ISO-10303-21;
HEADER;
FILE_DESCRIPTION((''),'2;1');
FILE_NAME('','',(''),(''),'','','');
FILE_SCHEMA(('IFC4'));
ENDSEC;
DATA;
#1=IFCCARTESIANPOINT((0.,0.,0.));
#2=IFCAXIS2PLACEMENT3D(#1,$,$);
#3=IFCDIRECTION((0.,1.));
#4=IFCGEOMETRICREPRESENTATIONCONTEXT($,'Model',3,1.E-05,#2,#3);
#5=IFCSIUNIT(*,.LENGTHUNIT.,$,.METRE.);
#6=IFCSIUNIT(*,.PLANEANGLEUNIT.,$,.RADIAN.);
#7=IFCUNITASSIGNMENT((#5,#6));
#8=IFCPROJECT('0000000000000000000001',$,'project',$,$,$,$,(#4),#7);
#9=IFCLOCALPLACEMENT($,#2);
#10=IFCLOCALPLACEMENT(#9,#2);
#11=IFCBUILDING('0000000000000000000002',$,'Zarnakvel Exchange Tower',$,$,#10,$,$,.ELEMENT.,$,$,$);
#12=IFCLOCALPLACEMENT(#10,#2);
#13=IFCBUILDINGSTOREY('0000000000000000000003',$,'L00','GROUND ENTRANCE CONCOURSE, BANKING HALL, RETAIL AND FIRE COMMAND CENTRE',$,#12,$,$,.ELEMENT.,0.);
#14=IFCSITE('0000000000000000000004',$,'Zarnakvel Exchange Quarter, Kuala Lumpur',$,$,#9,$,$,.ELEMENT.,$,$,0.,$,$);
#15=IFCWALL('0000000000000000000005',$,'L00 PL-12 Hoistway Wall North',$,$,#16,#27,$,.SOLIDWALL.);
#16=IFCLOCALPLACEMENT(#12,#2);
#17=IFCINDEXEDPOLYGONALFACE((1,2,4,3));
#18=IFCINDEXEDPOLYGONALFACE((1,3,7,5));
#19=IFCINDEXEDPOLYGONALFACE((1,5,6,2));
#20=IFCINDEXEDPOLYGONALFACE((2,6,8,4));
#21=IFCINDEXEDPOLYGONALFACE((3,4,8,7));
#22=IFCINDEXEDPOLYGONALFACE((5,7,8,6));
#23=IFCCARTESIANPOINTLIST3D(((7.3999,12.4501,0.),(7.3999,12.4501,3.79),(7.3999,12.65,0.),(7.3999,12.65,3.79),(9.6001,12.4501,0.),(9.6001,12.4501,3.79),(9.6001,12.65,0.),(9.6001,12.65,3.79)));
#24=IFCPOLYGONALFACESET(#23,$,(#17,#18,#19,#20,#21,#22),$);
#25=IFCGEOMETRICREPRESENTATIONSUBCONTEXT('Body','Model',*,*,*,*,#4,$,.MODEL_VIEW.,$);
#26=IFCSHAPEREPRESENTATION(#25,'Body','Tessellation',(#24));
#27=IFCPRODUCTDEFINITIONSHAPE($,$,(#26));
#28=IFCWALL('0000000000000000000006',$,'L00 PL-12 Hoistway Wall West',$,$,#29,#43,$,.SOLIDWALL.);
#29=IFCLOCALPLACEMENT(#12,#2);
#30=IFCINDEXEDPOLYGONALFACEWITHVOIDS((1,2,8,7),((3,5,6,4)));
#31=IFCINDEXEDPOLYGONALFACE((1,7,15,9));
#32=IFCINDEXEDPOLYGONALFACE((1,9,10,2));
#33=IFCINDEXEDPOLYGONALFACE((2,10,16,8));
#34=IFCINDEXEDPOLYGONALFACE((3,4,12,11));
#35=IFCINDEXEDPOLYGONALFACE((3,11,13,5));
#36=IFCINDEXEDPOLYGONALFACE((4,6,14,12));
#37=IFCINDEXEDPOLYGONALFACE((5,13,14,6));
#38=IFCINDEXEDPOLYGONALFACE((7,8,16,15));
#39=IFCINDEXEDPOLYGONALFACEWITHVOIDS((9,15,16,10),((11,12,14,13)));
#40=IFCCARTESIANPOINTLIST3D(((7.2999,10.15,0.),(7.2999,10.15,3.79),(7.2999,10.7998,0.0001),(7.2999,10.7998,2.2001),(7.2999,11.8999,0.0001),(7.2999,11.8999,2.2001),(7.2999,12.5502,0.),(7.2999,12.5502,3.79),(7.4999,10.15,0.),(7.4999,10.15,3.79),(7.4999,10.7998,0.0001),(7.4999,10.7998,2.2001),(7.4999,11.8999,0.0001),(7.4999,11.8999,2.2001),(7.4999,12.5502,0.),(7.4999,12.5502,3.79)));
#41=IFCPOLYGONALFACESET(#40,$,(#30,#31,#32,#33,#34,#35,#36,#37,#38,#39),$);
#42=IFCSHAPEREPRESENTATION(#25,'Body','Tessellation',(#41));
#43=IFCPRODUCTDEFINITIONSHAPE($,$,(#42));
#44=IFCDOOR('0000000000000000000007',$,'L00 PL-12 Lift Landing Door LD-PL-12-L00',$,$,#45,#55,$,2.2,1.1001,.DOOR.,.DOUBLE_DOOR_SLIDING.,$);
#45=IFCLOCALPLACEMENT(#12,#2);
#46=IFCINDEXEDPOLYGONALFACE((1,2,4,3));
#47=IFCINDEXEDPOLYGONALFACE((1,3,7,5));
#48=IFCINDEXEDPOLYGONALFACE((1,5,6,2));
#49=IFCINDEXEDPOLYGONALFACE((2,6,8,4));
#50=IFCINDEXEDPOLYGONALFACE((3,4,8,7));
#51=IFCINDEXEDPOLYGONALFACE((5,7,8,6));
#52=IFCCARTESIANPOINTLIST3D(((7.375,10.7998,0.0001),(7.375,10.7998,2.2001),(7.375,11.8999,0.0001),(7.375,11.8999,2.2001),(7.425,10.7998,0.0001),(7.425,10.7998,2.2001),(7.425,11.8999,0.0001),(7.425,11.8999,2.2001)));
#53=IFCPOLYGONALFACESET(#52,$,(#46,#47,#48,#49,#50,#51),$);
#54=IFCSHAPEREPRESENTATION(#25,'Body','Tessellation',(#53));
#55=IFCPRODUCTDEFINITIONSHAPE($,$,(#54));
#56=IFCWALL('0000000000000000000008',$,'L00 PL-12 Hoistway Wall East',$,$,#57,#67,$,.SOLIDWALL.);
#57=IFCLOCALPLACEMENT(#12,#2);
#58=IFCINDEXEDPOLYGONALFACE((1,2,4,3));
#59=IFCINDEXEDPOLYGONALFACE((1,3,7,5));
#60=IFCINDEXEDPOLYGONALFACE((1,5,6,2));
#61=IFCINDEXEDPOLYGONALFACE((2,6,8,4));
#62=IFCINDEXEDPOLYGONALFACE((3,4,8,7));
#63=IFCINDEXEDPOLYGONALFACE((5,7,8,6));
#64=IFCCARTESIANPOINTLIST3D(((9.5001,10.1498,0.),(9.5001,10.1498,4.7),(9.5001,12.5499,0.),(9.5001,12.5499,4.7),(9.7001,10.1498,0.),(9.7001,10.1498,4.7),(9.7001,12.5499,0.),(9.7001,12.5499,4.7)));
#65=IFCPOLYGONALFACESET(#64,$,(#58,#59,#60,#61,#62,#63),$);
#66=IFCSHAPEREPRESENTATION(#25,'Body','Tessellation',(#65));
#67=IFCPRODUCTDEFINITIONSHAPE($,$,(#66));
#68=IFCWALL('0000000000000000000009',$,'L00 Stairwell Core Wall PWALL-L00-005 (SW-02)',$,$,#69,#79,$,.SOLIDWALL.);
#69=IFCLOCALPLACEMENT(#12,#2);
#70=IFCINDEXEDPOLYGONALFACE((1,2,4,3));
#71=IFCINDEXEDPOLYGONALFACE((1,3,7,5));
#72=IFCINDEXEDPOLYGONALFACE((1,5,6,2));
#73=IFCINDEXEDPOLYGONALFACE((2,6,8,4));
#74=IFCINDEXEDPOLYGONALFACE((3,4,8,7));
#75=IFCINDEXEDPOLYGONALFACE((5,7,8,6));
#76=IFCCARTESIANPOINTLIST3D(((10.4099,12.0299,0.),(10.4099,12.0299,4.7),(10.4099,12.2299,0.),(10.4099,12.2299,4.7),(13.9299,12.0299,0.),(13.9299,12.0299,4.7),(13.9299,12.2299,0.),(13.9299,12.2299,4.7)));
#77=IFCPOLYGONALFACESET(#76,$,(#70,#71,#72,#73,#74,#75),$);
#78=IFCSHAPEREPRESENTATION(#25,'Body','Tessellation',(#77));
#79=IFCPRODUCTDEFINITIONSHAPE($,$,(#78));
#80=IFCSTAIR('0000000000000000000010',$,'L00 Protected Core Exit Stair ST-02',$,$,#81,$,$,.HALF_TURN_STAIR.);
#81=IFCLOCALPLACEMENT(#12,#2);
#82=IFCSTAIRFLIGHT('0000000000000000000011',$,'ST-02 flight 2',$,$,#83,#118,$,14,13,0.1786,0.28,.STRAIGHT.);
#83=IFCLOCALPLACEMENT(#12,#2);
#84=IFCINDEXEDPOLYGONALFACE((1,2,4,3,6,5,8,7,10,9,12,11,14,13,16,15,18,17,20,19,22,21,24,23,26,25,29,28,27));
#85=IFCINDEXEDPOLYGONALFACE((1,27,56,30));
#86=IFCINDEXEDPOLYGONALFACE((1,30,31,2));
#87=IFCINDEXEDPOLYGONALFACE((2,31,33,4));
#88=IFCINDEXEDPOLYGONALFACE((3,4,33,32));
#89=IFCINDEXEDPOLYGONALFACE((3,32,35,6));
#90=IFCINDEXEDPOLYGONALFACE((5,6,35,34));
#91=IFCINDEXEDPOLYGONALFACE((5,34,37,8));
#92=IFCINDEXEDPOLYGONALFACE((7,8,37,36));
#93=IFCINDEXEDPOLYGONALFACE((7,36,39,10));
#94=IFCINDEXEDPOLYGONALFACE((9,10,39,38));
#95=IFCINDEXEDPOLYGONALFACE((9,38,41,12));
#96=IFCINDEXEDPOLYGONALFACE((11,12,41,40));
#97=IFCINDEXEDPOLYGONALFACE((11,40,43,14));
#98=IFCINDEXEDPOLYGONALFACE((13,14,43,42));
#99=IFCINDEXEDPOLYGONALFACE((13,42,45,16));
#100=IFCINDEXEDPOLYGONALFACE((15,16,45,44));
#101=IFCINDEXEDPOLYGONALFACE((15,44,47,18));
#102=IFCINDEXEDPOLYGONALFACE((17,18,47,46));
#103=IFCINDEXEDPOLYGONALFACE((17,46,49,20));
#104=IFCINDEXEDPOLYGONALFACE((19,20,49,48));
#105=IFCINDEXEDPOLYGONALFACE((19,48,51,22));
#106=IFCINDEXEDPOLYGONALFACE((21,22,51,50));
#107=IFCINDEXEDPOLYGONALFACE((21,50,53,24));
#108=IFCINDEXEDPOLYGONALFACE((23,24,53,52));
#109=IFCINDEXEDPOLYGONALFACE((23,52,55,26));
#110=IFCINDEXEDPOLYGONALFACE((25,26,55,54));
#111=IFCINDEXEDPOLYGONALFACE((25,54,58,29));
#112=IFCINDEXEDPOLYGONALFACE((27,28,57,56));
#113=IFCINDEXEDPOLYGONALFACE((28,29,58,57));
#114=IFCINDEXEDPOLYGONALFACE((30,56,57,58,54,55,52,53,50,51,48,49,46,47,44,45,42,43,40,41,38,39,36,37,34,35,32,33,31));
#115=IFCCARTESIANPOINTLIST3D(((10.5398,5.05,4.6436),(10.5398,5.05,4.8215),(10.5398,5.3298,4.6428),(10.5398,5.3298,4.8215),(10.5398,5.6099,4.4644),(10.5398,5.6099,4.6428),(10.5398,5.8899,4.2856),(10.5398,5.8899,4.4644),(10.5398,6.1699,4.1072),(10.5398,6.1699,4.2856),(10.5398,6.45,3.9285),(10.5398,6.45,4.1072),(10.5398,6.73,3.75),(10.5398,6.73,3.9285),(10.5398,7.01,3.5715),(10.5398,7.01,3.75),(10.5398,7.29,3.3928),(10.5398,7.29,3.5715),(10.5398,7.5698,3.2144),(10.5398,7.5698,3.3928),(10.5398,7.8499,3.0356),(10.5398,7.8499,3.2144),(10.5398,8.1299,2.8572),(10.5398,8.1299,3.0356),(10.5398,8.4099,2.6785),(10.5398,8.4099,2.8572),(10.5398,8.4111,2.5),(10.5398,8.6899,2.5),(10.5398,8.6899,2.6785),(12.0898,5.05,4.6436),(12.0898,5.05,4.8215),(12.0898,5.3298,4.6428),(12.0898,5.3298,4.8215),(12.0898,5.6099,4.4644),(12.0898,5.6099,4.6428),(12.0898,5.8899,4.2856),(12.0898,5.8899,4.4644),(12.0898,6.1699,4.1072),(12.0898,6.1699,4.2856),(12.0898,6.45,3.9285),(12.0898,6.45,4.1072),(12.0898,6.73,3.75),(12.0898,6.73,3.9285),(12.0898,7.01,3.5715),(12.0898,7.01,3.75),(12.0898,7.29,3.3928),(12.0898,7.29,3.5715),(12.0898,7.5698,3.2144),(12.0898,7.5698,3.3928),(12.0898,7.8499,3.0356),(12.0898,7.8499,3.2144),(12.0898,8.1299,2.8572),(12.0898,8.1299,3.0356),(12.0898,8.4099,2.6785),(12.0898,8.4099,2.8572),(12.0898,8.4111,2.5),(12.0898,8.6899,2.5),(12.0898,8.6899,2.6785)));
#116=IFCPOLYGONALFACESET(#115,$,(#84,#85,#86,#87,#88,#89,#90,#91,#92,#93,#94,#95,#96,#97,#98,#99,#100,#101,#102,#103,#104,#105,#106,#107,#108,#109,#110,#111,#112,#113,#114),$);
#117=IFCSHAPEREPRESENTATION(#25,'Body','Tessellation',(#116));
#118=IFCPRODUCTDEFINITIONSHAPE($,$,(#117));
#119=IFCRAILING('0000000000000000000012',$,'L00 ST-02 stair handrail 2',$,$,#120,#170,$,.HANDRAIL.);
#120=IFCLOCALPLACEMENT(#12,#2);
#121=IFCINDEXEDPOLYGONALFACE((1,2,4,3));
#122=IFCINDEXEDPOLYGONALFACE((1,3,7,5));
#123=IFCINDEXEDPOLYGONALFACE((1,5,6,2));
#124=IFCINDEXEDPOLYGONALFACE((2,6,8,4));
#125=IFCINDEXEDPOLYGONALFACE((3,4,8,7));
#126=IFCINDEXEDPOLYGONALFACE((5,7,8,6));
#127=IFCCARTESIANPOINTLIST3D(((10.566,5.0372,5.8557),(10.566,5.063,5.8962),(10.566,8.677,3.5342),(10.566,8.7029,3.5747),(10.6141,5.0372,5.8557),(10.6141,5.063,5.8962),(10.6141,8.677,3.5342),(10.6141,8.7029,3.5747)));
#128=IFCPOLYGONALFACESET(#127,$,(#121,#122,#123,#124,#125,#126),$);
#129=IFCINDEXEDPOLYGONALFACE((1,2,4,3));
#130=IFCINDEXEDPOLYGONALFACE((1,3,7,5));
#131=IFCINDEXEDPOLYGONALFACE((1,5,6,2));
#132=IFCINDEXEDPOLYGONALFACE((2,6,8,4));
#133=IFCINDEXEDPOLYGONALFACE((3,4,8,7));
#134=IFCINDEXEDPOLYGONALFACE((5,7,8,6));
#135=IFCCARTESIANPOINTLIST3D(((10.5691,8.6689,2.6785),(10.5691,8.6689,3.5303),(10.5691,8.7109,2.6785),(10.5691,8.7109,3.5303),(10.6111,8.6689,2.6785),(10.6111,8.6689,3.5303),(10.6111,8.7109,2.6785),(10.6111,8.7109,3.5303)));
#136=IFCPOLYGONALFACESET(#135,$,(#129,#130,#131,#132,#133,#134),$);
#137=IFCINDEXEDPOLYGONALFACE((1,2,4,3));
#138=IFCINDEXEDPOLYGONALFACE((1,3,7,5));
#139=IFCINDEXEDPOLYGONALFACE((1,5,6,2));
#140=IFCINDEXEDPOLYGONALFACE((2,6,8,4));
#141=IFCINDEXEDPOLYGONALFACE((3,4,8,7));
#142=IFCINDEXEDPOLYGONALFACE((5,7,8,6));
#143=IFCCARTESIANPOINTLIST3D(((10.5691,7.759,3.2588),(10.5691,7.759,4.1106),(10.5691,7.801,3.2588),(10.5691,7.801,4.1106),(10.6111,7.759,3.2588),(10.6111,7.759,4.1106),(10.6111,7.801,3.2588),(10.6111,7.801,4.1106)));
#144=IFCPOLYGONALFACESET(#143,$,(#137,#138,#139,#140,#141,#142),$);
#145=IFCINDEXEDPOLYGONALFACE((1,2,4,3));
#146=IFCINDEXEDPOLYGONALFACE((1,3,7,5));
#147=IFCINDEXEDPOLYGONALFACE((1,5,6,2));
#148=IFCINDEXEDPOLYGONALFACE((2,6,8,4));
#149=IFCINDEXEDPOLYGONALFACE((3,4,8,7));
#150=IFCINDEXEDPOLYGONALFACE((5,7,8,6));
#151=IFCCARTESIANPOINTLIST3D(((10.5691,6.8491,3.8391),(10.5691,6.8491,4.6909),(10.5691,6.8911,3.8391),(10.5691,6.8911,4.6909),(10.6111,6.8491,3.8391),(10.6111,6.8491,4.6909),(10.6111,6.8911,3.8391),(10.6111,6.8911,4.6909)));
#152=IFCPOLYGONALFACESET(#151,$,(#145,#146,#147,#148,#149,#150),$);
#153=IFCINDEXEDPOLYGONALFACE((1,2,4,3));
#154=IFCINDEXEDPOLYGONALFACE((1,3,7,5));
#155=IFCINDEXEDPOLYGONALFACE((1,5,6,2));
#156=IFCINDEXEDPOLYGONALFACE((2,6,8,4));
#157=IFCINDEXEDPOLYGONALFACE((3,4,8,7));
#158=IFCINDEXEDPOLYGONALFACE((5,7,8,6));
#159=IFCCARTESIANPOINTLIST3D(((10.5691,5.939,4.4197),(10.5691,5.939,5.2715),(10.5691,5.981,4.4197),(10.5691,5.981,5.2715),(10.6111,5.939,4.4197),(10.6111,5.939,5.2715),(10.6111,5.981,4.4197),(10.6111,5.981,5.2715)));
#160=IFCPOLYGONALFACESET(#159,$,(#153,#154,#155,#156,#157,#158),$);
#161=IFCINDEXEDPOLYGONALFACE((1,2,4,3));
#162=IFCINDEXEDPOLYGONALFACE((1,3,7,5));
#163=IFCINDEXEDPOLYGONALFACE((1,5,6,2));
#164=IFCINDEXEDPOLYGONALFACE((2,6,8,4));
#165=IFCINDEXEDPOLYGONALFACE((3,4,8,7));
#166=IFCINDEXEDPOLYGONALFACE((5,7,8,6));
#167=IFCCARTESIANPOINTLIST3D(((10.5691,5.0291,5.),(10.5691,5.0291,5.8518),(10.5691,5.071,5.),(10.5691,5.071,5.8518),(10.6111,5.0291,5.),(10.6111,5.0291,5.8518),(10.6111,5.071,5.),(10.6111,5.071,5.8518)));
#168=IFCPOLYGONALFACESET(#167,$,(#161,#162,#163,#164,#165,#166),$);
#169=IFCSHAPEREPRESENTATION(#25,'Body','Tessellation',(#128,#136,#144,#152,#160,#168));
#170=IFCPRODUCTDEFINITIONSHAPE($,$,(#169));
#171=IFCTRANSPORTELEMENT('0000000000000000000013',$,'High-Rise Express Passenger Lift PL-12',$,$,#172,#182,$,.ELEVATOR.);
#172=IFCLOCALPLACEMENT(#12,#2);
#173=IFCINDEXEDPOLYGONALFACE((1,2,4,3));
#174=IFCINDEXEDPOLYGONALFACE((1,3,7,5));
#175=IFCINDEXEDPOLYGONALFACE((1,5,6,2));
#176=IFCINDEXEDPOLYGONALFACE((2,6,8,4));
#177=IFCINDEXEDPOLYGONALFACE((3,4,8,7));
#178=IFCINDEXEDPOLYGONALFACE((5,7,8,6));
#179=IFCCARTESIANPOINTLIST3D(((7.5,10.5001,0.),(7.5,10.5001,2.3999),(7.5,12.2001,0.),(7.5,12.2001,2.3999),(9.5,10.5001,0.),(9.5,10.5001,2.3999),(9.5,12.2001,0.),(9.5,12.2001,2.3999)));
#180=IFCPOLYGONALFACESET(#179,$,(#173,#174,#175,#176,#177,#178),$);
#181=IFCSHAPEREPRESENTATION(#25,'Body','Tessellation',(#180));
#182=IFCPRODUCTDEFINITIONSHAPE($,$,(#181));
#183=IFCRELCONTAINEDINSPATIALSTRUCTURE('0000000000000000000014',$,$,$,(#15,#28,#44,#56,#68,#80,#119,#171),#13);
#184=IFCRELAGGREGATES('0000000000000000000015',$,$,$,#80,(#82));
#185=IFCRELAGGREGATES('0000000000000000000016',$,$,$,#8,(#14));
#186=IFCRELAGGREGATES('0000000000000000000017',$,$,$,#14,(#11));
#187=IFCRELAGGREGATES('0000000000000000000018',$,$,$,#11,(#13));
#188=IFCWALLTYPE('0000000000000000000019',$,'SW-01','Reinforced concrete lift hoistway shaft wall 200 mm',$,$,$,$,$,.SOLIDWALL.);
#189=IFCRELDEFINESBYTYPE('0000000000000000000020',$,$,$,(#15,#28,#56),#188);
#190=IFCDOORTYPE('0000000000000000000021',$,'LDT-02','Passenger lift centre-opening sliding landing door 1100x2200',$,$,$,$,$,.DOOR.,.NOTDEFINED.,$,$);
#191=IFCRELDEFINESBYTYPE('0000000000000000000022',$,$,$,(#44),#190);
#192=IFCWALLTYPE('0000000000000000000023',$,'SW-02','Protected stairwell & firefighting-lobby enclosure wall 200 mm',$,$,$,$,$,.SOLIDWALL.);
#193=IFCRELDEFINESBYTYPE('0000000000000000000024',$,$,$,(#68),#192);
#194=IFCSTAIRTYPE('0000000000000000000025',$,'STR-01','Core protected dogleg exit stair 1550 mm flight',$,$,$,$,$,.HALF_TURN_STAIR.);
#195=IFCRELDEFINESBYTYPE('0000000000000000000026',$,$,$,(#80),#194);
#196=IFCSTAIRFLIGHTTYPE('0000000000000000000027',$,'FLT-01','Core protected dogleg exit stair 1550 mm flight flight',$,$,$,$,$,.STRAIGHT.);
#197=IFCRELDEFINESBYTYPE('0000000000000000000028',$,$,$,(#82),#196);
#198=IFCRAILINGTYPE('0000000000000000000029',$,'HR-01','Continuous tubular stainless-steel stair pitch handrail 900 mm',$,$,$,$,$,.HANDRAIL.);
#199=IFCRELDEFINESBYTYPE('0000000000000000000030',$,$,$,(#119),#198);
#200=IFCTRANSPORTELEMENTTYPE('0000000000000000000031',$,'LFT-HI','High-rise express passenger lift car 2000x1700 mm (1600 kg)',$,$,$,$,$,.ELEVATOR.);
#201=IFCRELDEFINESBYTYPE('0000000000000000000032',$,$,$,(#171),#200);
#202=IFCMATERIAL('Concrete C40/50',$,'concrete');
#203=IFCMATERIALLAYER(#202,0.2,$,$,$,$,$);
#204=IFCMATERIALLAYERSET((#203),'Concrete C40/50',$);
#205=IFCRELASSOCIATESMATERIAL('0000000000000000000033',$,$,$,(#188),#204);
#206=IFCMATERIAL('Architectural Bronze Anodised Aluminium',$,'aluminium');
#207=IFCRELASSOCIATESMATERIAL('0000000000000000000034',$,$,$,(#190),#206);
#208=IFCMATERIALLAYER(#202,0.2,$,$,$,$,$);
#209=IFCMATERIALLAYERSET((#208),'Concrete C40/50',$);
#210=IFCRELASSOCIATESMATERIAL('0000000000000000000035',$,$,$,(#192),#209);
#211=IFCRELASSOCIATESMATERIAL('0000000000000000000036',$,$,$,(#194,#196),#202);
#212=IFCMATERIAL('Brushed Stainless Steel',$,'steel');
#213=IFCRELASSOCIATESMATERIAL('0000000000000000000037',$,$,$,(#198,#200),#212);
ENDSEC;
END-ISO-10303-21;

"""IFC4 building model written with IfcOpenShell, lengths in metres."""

from ifc_helpers import new_model, si_unit, direction, frame, frame_2d, origin, origin_2d, place, context, subcontext, project, spatial, polyline, rectangle, outline, extrude, source, transform, mapped, material, layer, layer_set, type_object, element, fill, aggregate, save


model = new_model("IFC4")

# Units and contexts
model_context = context("Model", 3, precision=1e-05, world=origin(), true_north=direction((0.0, 1.0)))
body_context = subcontext(model_context, "Body", "Model", "MODEL_VIEW")
ifc_project = project(units=[si_unit("LENGTHUNIT", "METRE"), si_unit("PLANEANGLEUNIT", "RADIAN")], contexts=[model_context])

# Site, building, storey
site_placement = place(None, origin())
site = spatial("IfcSite", under=ifc_project, at=site_placement, Name="Zarnakvel Exchange Quarter, Kuala Lumpur", CompositionType="ELEMENT", RefElevation=0.0)
building_placement = place(site_placement, origin())
building = spatial("IfcBuilding", under=site, at=building_placement, Name="Zarnakvel Exchange Tower", CompositionType="ELEMENT")
storey_placement = place(building_placement, origin())
storey = spatial("IfcBuildingStorey", under=building, at=storey_placement, Name="L00", Description="GROUND ENTRANCE CONCOURSE, BANKING HALL, RETAIL AND FIRE COMMAND CENTRE", CompositionType="ELEMENT", Elevation=0.0)

# Shared definitions
ifc_material_1 = material(Name="Architectural Bronze Anodised Aluminium", Category="aluminium")

# Shared definitions
ifc_material_2 = material(Name="Concrete C40/50", Category="concrete")
ifc_layer_1 = layer(ifc_material_2, 0.2)
ifc_layer_set_1 = layer_set([ifc_layer_1], Name="Concrete C40/50")
wall_type_1 = type_object("IfcWallType", Name="SW-01", Description="Reinforced concrete lift hoistway shaft wall 200 mm", PredefinedType="SOLIDWALL", material=ifc_layer_set_1)
door_type = type_object("IfcDoorType", Name="LDT-02", Description="Passenger lift centre-opening sliding landing door 1100x2200", OperationType="NOTDEFINED", PredefinedType="DOOR", material=ifc_material_1)
shared_shape_1 = source(origin(), body_context, "Body", "SweptSolid", [
    extrude(rectangle(XDim=1.1001, YDim=2.2, at=frame_2d((0.55, 1.1001))), frame((0.0, 0.0249, 0.0), z_axis=(0.0, -1.0, 0.0), x_axis=(1.0, 0.0, 0.0)), (0.0, 0.0, 1.0), 0.05),
])

# Wall
for number, where, z_axis, x_axis, name in (
    (1, (7.3999, 12.55, 0.0), (0.0, 0.0, 1.0), (1.0, 0.0, 0.0), "L00 PL-12 Hoistway Wall North"),
):
    element("IfcWall", number, at=place(storey_placement, frame(where, z_axis=z_axis, x_axis=x_axis)), inside=storey, type_object=wall_type_1, Name=name, PredefinedType="SOLIDWALL", context=body_context, shape_type="SweptSolid", body=[
        extrude(rectangle(XDim=2.2002, YDim=0.2, at=frame_2d((1.1001, 0.0))), origin(), (0.0, 0.0, 1.0), 3.79),
    ])

# Wall, opening, door
wall_1_placement = place(storey_placement, frame((7.3999, 10.1499, 0.0), z_axis=(0.0, 0.0, 1.0), x_axis=(0.0, 1.0, 0.0)))
wall_1 = element("IfcWall", 2, at=wall_1_placement, inside=storey, type_object=wall_type_1, Name="L00 PL-12 Hoistway Wall West", PredefinedType="SOLIDWALL", context=body_context, shape_type="SweptSolid", body=[
    extrude(rectangle(XDim=2.4001, YDim=0.2, at=frame_2d((1.2002, 0.0))), origin(), (0.0, 0.0, 1.0), 3.79),
])
opening_1_placement = place(wall_1_placement, frame((0.6499, 0.0, 0.0)))
opening_1 = element("IfcOpeningElement", 3, at=opening_1_placement, cuts=wall_1, PredefinedType="OPENING", context=body_context, shape_type="SweptSolid", body=[
    extrude(rectangle(XDim=1.1001, YDim=2.2, at=frame_2d((0.55, 1.1001))), frame((0.0, 0.1099, 0.0), z_axis=(0.0, -1.0, 0.0), x_axis=(1.0, 0.0, 0.0)), (0.0, 0.0, 1.0), 0.22),
])
door_1_placement = place(opening_1_placement, origin())
door_1 = element("IfcDoor", 4, at=door_1_placement, inside=storey, type_object=door_type, Name="L00 PL-12 Lift Landing Door LD-PL-12-L00", OperationType="DOUBLE_DOOR_SLIDING", OverallHeight=2.2, OverallWidth=1.1001, PredefinedType="DOOR", context=body_context, shape_type="MappedRepresentation", body=[
    mapped(shared_shape_1, transform((0.0, 0.0, 0.0), x_axis=(1.0, 0.0, 0.0), y_axis=(0.0, 1.0, 0.0), z_axis=(0.0, 0.0, 1.0), scale=1.0)),
])
fill(opening_1, door_1)

# Walls
wall_2_placement = place(storey_placement, frame((9.6001, 12.55, 0.0), z_axis=(0.0, 0.0, 1.0), x_axis=(0.0, -1.0, 0.0)))
element("IfcWall", 5, at=wall_2_placement, inside=storey, type_object=wall_type_1, Name="L00 PL-12 Hoistway Wall East", PredefinedType="SOLIDWALL", context=body_context, shape_type="SweptSolid", body=[
    extrude(rectangle(XDim=2.4001, YDim=0.2, at=frame_2d((1.2002, 0.0))), origin(), (0.0, 0.0, 1.0), 4.7),
])
ifc_layer_2 = layer(ifc_material_2, 0.2)
ifc_layer_set_2 = layer_set([ifc_layer_2], Name="Concrete C40/50")
wall_type_2 = type_object("IfcWallType", Name="SW-02", Description="Protected stairwell & firefighting-lobby enclosure wall 200 mm", PredefinedType="SOLIDWALL", material=ifc_layer_set_2)
wall_3_placement = place(storey_placement, frame((10.4099, 12.1299, 0.0), z_axis=(0.0, 0.0, 1.0), x_axis=(1.0, 0.0, 0.0)))
element("IfcWall", 6, at=wall_3_placement, inside=storey, type_object=wall_type_2, Name="L00 Stairwell Core Wall PWALL-L00-005 (SW-02)", PredefinedType="SOLIDWALL", context=body_context, shape_type="SweptSolid", body=[
    extrude(rectangle(XDim=3.52, YDim=0.2, at=frame_2d((1.76, 0.0))), origin(), (0.0, 0.0, 1.0), 4.7),
])

# Stair, stair flight
stair_type = type_object("IfcStairType", Name="STR-01", Description="Core protected dogleg exit stair 1550 mm flight", PredefinedType="HALF_TURN_STAIR", material=ifc_material_2)
stair_placement = place(storey_placement, origin())
stair = element("IfcStair", 7, at=stair_placement, inside=storey, type_object=stair_type, Name="L00 Protected Core Exit Stair ST-02", PredefinedType="HALF_TURN_STAIR")
stair_flight_type = type_object("IfcStairFlightType", Name="FLT-01", Description="Core protected dogleg exit stair 1550 mm flight flight", PredefinedType="STRAIGHT", material=ifc_material_2)
stair_flight_placement = place(storey_placement, frame((11.3149, 8.6899, 2.5), z_axis=(0.0, 0.0, 1.0), x_axis=(0.0, -1.0, 0.0)))
stair_flight = element("IfcStairFlight", 8, at=stair_flight_placement, type_object=stair_flight_type, Name="ST-02 flight 2", NumberOfRisers=14, NumberOfTreads=13, PredefinedType="STRAIGHT", RiserHeight=0.1786, TreadLength=0.28, context=body_context, shape_type="SweptSolid", body=[
    extrude(outline(polyline([(0.0, 0.0), (0.0, 0.1785), (0.28, 0.1785), (0.28, 0.3572), (0.5601, 0.3572), (0.5601, 0.5356), (0.8401, 0.5356), (0.8401, 0.7144), (1.1201, 0.7144), (1.1201, 0.8928), (1.3999, 0.8928), (1.3999, 1.0715), (1.6799, 1.0715), (1.6799, 1.25), (1.96, 1.25), (1.96, 1.4285), (2.24, 1.4285), (2.24, 1.6072), (2.52, 1.6072), (2.52, 1.7856), (2.8, 1.7856), (2.8, 1.9644), (3.0801, 1.9644), (3.0801, 2.1428), (3.3601, 2.1428), (3.3601, 2.3215), (3.6399, 2.3215), (3.6399, 2.5), (3.6399, 2.1436), (0.2788, 0.0), (0.0, 0.0)])), frame((0.0, 0.7749, 0.0), z_axis=(0.0, -1.0, 0.0), x_axis=(1.0, 0.0, 0.0)), (0.0, 0.0, 1.0), 1.55),
])
aggregate(stair, [stair_flight])

# Railing
ifc_material_3 = material(Name="Brushed Stainless Steel", Category="steel")
railing_type = type_object("IfcRailingType", Name="HR-01", Description="Continuous tubular stainless-steel stair pitch handrail 900 mm", PredefinedType="HANDRAIL", material=ifc_material_3)
railing_placement = place(storey_placement, frame((10.5901, 8.6899, 2.6785)))
element("IfcRailing", 9, at=railing_placement, inside=storey, type_object=railing_type, Name="L00 ST-02 stair handrail 2", PredefinedType="HANDRAIL", context=body_context, shape_type="SweptSolid", body=[
    extrude(rectangle(XDim=0.0481, YDim=0.0481, at=origin_2d()), frame((0.0, 0.0, 0.876), z_axis=(0.0, -0.843112, 0.537739), x_axis=(1.0, 0.0, 0.0)), (0.0, 0.0, 1.0), 4.3171),
    extrude(rectangle(XDim=0.042, YDim=0.042, at=origin_2d()), origin(), (0.0, 0.0, 1.0), 0.8518),
    extrude(rectangle(XDim=0.042, YDim=0.042, at=origin_2d()), frame((0.0, -0.9099, 0.5803)), (0.0, 0.0, 1.0), 0.8518),
    extrude(rectangle(XDim=0.042, YDim=0.042, at=origin_2d()), frame((0.0, -1.8198, 1.1606)), (0.0, 0.0, 1.0), 0.8518),
    extrude(rectangle(XDim=0.042, YDim=0.042, at=origin_2d()), frame((0.0, -2.73, 1.7412)), (0.0, 0.0, 1.0), 0.8518),
    extrude(rectangle(XDim=0.042, YDim=0.042, at=origin_2d()), frame((0.0, -3.6399, 2.3215)), (0.0, 0.0, 1.0), 0.8518),
])

# Transport element
transport_element_type = type_object("IfcTransportElementType", Name="LFT-HI", Description="High-rise express passenger lift car 2000x1700 mm (1600 kg)", PredefinedType="ELEVATOR", material=ifc_material_3)
shared_shape_2 = source(origin(), body_context, "Body", "SweptSolid", [
    extrude(rectangle(XDim=2.0, YDim=1.7, at=origin_2d()), origin(), (0.0, 0.0, 1.0), 2.3999),
])
transport_element_placement = place(storey_placement, frame((8.5, 11.3501, 0.0), z_axis=(0.0, 0.0, 1.0), x_axis=(1.0, 0.0, 0.0)))
element("IfcTransportElement", 10, at=transport_element_placement, inside=storey, type_object=transport_element_type, Name="High-Rise Express Passenger Lift PL-12", PredefinedType="ELEVATOR", context=body_context, shape_type="MappedRepresentation", body=[
    mapped(shared_shape_2, transform((0.0, 0.0, 0.0), x_axis=(1.0, 0.0, 0.0), y_axis=(0.0, 1.0, 0.0), z_axis=(0.0, 0.0, 1.0), scale=1.0)),
])

save(model, "model.ifc")
